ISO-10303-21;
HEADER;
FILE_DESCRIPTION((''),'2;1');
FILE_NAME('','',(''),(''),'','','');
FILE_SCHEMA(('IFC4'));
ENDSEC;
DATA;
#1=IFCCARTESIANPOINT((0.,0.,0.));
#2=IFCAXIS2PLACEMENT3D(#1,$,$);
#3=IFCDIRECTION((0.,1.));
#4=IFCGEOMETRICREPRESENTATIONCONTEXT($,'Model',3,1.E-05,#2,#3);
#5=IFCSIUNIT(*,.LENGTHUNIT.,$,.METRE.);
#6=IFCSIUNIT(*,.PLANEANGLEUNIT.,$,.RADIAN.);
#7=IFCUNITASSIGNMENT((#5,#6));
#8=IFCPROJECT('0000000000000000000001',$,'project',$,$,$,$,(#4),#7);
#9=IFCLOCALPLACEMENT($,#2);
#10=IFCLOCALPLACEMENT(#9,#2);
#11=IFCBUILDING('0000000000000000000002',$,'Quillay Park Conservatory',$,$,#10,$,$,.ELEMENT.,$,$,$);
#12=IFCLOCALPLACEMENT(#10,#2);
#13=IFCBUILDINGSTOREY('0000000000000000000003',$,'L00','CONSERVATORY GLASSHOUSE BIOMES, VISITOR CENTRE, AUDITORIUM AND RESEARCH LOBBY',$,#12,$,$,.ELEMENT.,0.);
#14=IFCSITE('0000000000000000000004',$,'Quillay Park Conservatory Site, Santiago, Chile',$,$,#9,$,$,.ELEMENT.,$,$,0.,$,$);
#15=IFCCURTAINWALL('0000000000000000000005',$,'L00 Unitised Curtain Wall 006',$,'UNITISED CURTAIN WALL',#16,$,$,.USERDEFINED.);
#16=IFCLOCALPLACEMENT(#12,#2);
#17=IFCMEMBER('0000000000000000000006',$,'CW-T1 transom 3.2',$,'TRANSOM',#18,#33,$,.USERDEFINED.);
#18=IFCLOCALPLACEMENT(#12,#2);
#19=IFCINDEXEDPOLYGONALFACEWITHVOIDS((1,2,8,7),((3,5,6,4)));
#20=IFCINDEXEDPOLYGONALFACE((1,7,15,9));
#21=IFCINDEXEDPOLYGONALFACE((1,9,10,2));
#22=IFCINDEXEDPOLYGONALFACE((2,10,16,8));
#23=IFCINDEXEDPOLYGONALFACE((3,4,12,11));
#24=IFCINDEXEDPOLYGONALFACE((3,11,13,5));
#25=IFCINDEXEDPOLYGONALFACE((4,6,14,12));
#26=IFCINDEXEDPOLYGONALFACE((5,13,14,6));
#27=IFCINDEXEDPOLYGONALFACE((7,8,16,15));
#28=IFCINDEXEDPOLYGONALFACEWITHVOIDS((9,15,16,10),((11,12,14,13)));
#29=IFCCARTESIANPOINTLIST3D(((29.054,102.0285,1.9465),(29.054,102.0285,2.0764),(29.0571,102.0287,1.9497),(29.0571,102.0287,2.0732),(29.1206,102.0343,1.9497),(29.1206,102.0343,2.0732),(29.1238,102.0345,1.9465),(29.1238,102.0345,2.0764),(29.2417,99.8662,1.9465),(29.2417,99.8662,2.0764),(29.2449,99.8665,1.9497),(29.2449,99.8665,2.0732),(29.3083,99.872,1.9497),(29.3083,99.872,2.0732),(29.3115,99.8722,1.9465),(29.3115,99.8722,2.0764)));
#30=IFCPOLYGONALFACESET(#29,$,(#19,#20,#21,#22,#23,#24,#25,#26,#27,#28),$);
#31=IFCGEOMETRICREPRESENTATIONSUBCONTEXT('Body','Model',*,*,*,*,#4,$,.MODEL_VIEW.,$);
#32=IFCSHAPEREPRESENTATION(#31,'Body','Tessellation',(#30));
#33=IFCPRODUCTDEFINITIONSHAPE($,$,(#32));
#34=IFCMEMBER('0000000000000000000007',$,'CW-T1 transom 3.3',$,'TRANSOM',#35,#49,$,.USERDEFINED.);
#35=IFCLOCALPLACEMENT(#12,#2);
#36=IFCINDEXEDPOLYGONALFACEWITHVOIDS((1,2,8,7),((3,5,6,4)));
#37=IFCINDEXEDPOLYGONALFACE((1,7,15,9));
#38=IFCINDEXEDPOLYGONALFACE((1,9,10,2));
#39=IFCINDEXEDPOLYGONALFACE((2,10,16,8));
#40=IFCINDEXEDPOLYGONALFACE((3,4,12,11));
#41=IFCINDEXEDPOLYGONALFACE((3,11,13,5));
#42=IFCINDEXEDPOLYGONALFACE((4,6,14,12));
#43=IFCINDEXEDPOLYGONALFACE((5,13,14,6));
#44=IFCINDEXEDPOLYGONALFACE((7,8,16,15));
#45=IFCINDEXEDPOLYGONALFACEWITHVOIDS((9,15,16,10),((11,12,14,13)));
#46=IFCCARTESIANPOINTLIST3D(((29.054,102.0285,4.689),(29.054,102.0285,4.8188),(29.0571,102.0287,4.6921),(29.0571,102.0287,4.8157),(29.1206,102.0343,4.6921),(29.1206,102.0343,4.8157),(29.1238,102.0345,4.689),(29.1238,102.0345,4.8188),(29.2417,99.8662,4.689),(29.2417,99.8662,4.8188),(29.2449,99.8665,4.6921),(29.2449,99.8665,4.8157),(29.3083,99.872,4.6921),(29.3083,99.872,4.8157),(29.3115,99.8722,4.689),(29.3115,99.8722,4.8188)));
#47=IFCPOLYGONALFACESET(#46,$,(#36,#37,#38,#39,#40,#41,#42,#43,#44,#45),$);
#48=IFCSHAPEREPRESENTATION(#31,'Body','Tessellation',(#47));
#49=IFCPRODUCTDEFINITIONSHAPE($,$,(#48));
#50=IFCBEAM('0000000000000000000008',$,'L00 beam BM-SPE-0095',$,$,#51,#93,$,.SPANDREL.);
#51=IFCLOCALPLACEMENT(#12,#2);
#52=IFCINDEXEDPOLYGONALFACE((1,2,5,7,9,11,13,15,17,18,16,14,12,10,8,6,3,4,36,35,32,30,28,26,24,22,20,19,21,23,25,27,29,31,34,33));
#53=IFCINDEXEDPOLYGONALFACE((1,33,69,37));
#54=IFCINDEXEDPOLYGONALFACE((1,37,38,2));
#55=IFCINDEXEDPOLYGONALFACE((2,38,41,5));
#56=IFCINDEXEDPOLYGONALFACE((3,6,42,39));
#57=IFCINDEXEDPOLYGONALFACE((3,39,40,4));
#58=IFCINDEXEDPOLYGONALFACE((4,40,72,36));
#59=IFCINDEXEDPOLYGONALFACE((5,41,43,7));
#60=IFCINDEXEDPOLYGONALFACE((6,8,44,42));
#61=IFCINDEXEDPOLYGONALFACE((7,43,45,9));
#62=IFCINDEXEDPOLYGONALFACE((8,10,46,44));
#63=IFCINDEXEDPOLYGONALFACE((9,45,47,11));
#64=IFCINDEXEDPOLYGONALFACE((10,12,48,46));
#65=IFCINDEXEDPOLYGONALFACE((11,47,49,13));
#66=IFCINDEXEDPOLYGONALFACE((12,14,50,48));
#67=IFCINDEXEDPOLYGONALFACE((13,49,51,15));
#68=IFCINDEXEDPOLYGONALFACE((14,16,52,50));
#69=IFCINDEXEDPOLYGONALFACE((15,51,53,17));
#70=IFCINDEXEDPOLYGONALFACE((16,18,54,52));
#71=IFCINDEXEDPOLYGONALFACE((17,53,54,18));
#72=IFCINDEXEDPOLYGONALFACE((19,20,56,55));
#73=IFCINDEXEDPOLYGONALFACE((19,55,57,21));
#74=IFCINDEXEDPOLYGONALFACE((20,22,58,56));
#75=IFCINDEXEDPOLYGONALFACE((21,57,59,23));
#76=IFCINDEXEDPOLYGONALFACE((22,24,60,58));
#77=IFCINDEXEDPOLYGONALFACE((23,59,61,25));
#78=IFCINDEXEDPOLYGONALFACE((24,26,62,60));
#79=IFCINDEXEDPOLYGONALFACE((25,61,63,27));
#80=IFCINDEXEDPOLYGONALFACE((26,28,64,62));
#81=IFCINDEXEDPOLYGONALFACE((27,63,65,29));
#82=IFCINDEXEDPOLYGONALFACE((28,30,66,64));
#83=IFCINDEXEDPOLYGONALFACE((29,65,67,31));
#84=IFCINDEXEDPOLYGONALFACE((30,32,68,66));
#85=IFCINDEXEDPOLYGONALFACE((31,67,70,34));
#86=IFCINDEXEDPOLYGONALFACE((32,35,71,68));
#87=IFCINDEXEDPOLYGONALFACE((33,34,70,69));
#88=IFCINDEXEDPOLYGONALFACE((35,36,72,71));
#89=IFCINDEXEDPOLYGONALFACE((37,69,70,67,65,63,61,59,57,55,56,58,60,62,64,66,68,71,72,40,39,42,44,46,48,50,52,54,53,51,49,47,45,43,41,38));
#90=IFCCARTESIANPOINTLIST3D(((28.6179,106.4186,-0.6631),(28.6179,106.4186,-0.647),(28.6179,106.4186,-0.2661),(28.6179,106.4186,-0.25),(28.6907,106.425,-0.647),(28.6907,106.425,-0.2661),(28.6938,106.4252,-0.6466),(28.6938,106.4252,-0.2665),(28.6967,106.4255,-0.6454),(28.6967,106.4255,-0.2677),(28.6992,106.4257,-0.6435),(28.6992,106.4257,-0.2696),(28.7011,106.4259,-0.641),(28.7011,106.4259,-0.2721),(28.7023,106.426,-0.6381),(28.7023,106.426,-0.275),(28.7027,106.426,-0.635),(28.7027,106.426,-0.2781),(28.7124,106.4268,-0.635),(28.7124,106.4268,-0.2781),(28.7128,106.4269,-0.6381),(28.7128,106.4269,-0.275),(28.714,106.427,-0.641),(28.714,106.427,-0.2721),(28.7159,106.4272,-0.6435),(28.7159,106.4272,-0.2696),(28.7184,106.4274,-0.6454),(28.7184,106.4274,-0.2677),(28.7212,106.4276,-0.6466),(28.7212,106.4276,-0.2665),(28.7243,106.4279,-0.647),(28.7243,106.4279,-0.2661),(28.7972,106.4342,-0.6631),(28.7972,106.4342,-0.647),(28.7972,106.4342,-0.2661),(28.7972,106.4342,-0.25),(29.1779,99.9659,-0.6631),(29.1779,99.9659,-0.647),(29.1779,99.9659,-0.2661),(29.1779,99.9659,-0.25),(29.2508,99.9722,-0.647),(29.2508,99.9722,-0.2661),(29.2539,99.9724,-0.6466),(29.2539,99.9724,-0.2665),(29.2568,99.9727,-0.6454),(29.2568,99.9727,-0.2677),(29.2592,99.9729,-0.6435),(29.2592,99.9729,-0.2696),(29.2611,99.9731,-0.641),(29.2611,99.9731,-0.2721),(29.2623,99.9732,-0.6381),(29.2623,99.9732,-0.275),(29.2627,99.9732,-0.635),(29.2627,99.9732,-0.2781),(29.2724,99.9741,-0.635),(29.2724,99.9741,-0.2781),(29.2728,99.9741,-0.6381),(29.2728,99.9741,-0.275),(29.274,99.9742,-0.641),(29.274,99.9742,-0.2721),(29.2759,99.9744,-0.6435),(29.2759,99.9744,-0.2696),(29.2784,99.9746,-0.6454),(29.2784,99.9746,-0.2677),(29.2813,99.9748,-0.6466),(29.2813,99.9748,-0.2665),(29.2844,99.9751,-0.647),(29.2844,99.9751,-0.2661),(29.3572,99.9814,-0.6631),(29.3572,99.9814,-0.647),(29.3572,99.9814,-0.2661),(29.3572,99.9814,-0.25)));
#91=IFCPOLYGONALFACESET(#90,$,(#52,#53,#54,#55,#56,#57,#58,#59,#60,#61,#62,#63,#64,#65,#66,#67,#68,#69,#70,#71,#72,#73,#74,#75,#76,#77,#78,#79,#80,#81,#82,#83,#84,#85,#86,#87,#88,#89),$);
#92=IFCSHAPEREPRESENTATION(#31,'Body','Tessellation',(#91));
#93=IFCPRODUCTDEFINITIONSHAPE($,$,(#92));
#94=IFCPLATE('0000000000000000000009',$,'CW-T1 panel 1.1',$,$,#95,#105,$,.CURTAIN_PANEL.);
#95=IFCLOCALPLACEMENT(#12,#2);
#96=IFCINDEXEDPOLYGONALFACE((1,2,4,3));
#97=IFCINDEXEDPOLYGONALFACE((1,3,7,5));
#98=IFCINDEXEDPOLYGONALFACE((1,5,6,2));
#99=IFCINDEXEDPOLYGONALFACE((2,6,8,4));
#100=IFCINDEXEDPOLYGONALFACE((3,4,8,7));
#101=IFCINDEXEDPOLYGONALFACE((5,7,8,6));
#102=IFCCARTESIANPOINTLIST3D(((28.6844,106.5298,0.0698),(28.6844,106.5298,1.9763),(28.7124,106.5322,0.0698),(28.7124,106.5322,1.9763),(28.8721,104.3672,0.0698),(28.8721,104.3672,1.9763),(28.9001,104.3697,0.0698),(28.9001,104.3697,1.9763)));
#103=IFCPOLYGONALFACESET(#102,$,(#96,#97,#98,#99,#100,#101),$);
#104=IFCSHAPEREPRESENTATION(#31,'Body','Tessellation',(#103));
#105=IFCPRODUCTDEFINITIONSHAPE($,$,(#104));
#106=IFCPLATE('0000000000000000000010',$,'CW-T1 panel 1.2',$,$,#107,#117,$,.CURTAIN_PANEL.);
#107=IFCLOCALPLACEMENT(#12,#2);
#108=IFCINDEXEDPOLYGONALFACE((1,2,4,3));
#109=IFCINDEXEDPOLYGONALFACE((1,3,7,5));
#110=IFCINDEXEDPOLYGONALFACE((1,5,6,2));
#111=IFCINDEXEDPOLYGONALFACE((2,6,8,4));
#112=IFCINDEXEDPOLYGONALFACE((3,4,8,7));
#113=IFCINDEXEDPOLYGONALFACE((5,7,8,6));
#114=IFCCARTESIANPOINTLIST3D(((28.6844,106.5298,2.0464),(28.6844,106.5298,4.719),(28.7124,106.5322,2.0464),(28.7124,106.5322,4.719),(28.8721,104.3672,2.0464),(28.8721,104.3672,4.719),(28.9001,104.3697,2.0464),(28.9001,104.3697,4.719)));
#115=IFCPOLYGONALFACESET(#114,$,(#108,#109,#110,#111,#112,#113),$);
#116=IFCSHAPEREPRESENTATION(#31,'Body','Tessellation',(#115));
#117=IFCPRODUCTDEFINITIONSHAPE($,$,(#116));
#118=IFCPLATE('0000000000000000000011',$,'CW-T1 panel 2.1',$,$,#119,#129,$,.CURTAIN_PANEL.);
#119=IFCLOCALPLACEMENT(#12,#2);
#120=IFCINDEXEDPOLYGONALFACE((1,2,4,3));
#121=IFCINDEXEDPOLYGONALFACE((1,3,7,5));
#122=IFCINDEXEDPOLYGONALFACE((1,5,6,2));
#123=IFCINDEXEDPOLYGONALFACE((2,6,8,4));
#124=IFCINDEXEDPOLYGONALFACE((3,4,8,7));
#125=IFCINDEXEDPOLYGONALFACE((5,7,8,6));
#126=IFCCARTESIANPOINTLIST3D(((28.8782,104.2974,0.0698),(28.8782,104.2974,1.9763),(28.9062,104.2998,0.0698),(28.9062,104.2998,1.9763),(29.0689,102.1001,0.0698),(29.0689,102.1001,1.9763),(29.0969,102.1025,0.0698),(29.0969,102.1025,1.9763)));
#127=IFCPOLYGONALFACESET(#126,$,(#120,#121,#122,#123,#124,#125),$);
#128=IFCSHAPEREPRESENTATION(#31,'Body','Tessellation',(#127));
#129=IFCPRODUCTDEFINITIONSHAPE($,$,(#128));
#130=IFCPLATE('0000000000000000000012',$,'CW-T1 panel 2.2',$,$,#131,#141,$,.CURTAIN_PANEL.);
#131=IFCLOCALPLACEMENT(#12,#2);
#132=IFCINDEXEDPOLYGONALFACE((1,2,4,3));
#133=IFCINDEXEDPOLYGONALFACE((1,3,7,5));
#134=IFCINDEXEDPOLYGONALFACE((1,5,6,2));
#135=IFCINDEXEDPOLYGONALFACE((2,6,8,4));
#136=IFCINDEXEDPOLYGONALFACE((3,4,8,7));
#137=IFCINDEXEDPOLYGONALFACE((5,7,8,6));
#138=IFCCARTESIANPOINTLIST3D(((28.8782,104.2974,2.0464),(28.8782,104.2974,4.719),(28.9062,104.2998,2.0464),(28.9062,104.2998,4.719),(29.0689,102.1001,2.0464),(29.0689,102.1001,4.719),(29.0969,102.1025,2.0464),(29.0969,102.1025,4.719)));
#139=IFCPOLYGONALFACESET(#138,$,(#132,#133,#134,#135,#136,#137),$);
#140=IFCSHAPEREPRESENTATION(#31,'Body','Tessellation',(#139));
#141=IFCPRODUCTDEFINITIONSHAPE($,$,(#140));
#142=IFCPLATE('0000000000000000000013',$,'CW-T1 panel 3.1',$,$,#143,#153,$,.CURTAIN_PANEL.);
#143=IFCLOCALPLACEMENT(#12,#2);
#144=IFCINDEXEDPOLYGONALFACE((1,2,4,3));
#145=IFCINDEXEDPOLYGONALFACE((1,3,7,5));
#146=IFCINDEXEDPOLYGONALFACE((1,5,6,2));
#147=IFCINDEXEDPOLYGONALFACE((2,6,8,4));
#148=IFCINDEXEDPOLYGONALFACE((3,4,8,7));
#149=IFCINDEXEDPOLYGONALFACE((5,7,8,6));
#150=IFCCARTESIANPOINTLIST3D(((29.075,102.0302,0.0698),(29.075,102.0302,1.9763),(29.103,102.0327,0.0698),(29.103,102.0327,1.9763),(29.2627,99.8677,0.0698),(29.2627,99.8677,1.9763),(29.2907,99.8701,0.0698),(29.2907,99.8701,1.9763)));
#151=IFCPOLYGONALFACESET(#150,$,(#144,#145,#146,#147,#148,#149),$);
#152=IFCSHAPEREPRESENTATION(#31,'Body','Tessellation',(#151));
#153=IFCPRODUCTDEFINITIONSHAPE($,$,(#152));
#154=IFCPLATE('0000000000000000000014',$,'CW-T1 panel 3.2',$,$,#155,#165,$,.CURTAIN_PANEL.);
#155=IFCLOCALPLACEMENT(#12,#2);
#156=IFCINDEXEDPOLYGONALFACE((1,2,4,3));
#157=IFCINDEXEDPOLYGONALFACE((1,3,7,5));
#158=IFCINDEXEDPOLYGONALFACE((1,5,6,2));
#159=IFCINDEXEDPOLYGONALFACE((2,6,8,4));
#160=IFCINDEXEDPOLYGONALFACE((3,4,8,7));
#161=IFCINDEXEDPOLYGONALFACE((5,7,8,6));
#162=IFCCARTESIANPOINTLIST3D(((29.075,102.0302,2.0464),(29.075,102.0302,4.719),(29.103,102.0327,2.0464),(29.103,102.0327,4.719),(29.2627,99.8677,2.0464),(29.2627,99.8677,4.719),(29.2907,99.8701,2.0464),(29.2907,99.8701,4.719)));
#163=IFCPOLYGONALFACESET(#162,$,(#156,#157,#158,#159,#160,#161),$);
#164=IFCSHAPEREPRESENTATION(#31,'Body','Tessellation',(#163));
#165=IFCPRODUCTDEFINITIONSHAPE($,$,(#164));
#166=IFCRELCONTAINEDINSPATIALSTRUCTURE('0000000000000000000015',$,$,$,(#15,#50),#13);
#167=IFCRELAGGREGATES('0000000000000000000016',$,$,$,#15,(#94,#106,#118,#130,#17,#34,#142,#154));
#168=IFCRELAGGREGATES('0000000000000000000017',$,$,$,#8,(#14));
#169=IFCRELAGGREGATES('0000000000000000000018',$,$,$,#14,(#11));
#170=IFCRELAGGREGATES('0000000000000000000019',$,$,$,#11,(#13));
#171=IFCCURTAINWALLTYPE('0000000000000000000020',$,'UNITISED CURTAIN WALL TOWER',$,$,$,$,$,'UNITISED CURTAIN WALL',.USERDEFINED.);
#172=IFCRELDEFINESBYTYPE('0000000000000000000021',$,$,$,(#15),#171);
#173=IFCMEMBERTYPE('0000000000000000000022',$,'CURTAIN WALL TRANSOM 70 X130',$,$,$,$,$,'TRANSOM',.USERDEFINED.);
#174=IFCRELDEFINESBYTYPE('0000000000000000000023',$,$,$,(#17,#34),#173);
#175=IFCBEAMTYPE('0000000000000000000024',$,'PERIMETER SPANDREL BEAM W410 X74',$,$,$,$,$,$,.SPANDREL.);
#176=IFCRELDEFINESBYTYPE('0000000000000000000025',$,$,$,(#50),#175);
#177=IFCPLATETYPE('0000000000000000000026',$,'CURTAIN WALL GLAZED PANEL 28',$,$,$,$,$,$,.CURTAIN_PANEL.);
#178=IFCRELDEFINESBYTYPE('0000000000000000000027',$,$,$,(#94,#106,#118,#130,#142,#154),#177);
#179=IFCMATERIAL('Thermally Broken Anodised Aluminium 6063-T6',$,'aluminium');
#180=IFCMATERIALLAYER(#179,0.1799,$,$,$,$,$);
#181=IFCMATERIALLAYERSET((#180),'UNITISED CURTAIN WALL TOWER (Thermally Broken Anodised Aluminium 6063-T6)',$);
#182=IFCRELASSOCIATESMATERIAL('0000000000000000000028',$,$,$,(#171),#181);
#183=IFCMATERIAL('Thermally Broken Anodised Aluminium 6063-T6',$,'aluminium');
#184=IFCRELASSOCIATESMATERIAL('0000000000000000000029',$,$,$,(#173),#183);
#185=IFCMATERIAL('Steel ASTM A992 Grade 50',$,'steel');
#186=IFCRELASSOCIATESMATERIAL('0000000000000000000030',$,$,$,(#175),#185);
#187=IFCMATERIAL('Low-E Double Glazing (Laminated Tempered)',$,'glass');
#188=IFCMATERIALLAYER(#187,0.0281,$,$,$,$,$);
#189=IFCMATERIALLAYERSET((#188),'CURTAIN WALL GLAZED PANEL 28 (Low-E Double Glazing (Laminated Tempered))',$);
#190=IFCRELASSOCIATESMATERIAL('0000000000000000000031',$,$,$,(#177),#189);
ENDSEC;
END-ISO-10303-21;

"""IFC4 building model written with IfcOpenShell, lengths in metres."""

from ifc_helpers import new_model, si_unit, direction, frame, origin, origin_2d, place, context, subcontext, project, spatial, rectangle, hollow_rectangle, i_section, extrude, material, layer, layer_set, material_profile, profile_set, type_object, element, aggregate, save


model = new_model("IFC4")

# Units and contexts
model_context = context("Model", 3, precision=1e-05, world=origin(), true_north=direction((0.0, 1.0)))
body_context = subcontext(model_context, "Body", "Model", "MODEL_VIEW")
ifc_project = project(units=[si_unit("LENGTHUNIT", "METRE"), si_unit("PLANEANGLEUNIT", "RADIAN")], contexts=[model_context])

# Site, building, storey
site_placement = place(None, origin())
site = spatial("IfcSite", under=ifc_project, at=site_placement, Name="Quillay Park Conservatory Site, Santiago, Chile", CompositionType="ELEMENT", RefElevation=0.0)
building_placement = place(site_placement, origin())
building = spatial("IfcBuilding", under=site, at=building_placement, Name="Quillay Park Conservatory", CompositionType="ELEMENT")
storey_placement = place(building_placement, origin())
storey = spatial("IfcBuildingStorey", under=building, at=storey_placement, Name="L00", Description="CONSERVATORY GLASSHOUSE BIOMES, VISITOR CENTRE, AUDITORIUM AND RESEARCH LOBBY", CompositionType="ELEMENT", Elevation=0.0)

# Curtain wall, members
ifc_material_1 = material(Name="Thermally Broken Anodised Aluminium 6063-T6", Category="aluminium")
ifc_layer_1 = layer(ifc_material_1, 0.1799)
ifc_layer_set_1 = layer_set([ifc_layer_1], Name="UNITISED CURTAIN WALL TOWER (Thermally Broken Anodised Aluminium 6063-T6)")
curtain_wall_type = type_object("IfcCurtainWallType", Name="UNITISED CURTAIN WALL TOWER", ElementType="UNITISED CURTAIN WALL", PredefinedType="USERDEFINED", material=ifc_layer_set_1)
curtain_wall_placement = place(storey_placement, origin())
curtain_wall = element("IfcCurtainWall", 1, at=curtain_wall_placement, inside=storey, type_object=curtain_wall_type, Name="L00 Unitised Curtain Wall 006", ObjectType="UNITISED CURTAIN WALL", PredefinedType="USERDEFINED")
ifc_material_2 = material(Name="Thermally Broken Anodised Aluminium 6063-T6", Category="aluminium")
ifc_material_profile_1 = material_profile(ifc_material_2, hollow_rectangle(XDim=0.0701, YDim=0.1299, WallThickness=0.0032, at=origin_2d()), Name="AL70x130x3.2")
ifc_profile_set_1 = profile_set([ifc_material_profile_1], Name="Thermally Broken Anodised Aluminium 6063-T6")
member_type_1 = type_object("IfcMemberType", Name="CURTAIN WALL TRANSOM 70 X130", ElementType="TRANSOM", PredefinedType="USERDEFINED", material=ifc_profile_set_1)
member_1_placement = place(storey_placement, frame((29.0889, 102.0315, 2.0115), z_axis=(0.086499, -0.996252, 0.0), x_axis=(0.996252, 0.086499, 0.0)))
member_1 = element("IfcMember", 2, at=member_1_placement, type_object=member_type_1, Name="CW-T1 transom 3.2", ObjectType="TRANSOM", PredefinedType="USERDEFINED", context=body_context, shape_type="SweptSolid", body=[
    extrude(hollow_rectangle(XDim=0.0701, YDim=0.1299, WallThickness=0.0032, at=origin_2d()), origin(), (0.0, 0.0, 1.0), 2.1704),
])
member_2_placement = place(storey_placement, frame((29.0889, 102.0315, 4.7539), z_axis=(0.086499, -0.996252, 0.0), x_axis=(0.996252, 0.086499, 0.0)))
member_2 = element("IfcMember", 3, at=member_2_placement, type_object=member_type_1, Name="CW-T1 transom 3.3", ObjectType="TRANSOM", PredefinedType="USERDEFINED", context=body_context, shape_type="SweptSolid", body=[
    extrude(hollow_rectangle(XDim=0.0701, YDim=0.1299, WallThickness=0.0032, at=origin_2d()), origin(), (0.0, 0.0, 1.0), 2.1704),
])

# Beam
ifc_material_3 = material(Name="Steel ASTM A992 Grade 50", Category="steel")
ifc_material_profile_2 = material_profile(ifc_material_3, i_section(OverallWidth=0.1799, OverallDepth=0.4131, WebThickness=0.0098, FlangeThickness=0.0161, FilletRadius=0.012, at=origin_2d()), Name="W410x74")
ifc_profile_set_2 = profile_set([ifc_material_profile_2], Name="Steel ASTM A992 Grade 50")
beam_type_1 = type_object("IfcBeamType", Name="PERIMETER SPANDREL BEAM W410 X74", PredefinedType="SPANDREL", material=ifc_profile_set_2)
beam_1_placement = place(storey_placement, frame((29.2676, 99.9736, -0.4565), z_axis=(-0.086467, 0.996255, 0.0), x_axis=(-0.996255, -0.086467, 0.0)))
element("IfcBeam", 4, at=beam_1_placement, inside=storey, type_object=beam_type_1, Name="L00 beam BM-SPE-0095", PredefinedType="SPANDREL", context=body_context, shape_type="SweptSolid", body=[
    extrude(i_section(OverallWidth=0.1799, OverallDepth=0.4131, WebThickness=0.0098, FlangeThickness=0.0161, FilletRadius=0.012, at=origin_2d()), origin(), (0.0, 0.0, 1.0), 6.4771),
])

# Plates
ifc_material_4 = material(Name="Low-E Double Glazing (Laminated Tempered)", Category="glass")
ifc_layer_2 = layer(ifc_material_4, 0.0281)
ifc_layer_set_2 = layer_set([ifc_layer_2], Name="CURTAIN WALL GLAZED PANEL 28 (Low-E Double Glazing (Laminated Tempered))")
plate_type = type_object("IfcPlateType", Name="CURTAIN WALL GLAZED PANEL 28", PredefinedType="CURTAIN_PANEL", material=ifc_layer_set_2)
plate_1_placement = place(storey_placement, frame((28.7922, 105.4497, 0.0698), z_axis=(0.0, 0.0, 1.0), x_axis=(0.08648, -0.996254, 0.0)))
plate_1 = element("IfcPlate", 5, at=plate_1_placement, type_object=plate_type, Name="CW-T1 panel 1.1", PredefinedType="CURTAIN_PANEL", context=body_context, shape_type="SweptSolid", body=[
    extrude(rectangle(XDim=2.1707, YDim=0.0281, at=origin_2d()), origin(), (0.0, 0.0, 1.0), 1.9065),
])
plate_2_placement = place(storey_placement, frame((28.7922, 105.4497, 2.0464), z_axis=(0.0, 0.0, 1.0), x_axis=(0.08648, -0.996254, 0.0)))
plate_2 = element("IfcPlate", 6, at=plate_2_placement, type_object=plate_type, Name="CW-T1 panel 1.2", PredefinedType="CURTAIN_PANEL", context=body_context, shape_type="SweptSolid", body=[
    extrude(rectangle(XDim=2.1707, YDim=0.0281, at=origin_2d()), origin(), (0.0, 0.0, 1.0), 2.6726),
])
plate_3_placement = place(storey_placement, frame((28.9875, 103.2, 0.0698), z_axis=(0.0, 0.0, 1.0), x_axis=(0.08648, -0.996254, 0.0)))
plate_3 = element("IfcPlate", 7, at=plate_3_placement, type_object=plate_type, Name="CW-T1 panel 2.1", PredefinedType="CURTAIN_PANEL", context=body_context, shape_type="SweptSolid", body=[
    extrude(rectangle(XDim=2.2056, YDim=0.0281, at=origin_2d()), origin(), (0.0, 0.0, 1.0), 1.9065),
])
plate_4_placement = place(storey_placement, frame((28.9875, 103.2, 2.0464), z_axis=(0.0, 0.0, 1.0), x_axis=(0.08648, -0.996254, 0.0)))
plate_4 = element("IfcPlate", 8, at=plate_4_placement, type_object=plate_type, Name="CW-T1 panel 2.2", PredefinedType="CURTAIN_PANEL", context=body_context, shape_type="SweptSolid", body=[
    extrude(rectangle(XDim=2.2056, YDim=0.0281, at=origin_2d()), origin(), (0.0, 0.0, 1.0), 2.6726),
])
plate_5_placement = place(storey_placement, frame((29.1829, 100.9502, 0.0698), z_axis=(0.0, 0.0, 1.0), x_axis=(0.08648, -0.996254, 0.0)))
plate_5 = element("IfcPlate", 9, at=plate_5_placement, type_object=plate_type, Name="CW-T1 panel 3.1", PredefinedType="CURTAIN_PANEL", context=body_context, shape_type="SweptSolid", body=[
    extrude(rectangle(XDim=2.1707, YDim=0.0281, at=origin_2d()), origin(), (0.0, 0.0, 1.0), 1.9065),
])
plate_6_placement = place(storey_placement, frame((29.1829, 100.9502, 2.0464), z_axis=(0.0, 0.0, 1.0), x_axis=(0.08648, -0.996254, 0.0)))
plate_6 = element("IfcPlate", 10, at=plate_6_placement, type_object=plate_type, Name="CW-T1 panel 3.2", PredefinedType="CURTAIN_PANEL", context=body_context, shape_type="SweptSolid", body=[
    extrude(rectangle(XDim=2.1707, YDim=0.0281, at=origin_2d()), origin(), (0.0, 0.0, 1.0), 2.6726),
])
aggregate(curtain_wall, [plate_1, plate_2, plate_3, plate_4, member_1, member_2, plate_5, plate_6])

save(model, "model.ifc")
